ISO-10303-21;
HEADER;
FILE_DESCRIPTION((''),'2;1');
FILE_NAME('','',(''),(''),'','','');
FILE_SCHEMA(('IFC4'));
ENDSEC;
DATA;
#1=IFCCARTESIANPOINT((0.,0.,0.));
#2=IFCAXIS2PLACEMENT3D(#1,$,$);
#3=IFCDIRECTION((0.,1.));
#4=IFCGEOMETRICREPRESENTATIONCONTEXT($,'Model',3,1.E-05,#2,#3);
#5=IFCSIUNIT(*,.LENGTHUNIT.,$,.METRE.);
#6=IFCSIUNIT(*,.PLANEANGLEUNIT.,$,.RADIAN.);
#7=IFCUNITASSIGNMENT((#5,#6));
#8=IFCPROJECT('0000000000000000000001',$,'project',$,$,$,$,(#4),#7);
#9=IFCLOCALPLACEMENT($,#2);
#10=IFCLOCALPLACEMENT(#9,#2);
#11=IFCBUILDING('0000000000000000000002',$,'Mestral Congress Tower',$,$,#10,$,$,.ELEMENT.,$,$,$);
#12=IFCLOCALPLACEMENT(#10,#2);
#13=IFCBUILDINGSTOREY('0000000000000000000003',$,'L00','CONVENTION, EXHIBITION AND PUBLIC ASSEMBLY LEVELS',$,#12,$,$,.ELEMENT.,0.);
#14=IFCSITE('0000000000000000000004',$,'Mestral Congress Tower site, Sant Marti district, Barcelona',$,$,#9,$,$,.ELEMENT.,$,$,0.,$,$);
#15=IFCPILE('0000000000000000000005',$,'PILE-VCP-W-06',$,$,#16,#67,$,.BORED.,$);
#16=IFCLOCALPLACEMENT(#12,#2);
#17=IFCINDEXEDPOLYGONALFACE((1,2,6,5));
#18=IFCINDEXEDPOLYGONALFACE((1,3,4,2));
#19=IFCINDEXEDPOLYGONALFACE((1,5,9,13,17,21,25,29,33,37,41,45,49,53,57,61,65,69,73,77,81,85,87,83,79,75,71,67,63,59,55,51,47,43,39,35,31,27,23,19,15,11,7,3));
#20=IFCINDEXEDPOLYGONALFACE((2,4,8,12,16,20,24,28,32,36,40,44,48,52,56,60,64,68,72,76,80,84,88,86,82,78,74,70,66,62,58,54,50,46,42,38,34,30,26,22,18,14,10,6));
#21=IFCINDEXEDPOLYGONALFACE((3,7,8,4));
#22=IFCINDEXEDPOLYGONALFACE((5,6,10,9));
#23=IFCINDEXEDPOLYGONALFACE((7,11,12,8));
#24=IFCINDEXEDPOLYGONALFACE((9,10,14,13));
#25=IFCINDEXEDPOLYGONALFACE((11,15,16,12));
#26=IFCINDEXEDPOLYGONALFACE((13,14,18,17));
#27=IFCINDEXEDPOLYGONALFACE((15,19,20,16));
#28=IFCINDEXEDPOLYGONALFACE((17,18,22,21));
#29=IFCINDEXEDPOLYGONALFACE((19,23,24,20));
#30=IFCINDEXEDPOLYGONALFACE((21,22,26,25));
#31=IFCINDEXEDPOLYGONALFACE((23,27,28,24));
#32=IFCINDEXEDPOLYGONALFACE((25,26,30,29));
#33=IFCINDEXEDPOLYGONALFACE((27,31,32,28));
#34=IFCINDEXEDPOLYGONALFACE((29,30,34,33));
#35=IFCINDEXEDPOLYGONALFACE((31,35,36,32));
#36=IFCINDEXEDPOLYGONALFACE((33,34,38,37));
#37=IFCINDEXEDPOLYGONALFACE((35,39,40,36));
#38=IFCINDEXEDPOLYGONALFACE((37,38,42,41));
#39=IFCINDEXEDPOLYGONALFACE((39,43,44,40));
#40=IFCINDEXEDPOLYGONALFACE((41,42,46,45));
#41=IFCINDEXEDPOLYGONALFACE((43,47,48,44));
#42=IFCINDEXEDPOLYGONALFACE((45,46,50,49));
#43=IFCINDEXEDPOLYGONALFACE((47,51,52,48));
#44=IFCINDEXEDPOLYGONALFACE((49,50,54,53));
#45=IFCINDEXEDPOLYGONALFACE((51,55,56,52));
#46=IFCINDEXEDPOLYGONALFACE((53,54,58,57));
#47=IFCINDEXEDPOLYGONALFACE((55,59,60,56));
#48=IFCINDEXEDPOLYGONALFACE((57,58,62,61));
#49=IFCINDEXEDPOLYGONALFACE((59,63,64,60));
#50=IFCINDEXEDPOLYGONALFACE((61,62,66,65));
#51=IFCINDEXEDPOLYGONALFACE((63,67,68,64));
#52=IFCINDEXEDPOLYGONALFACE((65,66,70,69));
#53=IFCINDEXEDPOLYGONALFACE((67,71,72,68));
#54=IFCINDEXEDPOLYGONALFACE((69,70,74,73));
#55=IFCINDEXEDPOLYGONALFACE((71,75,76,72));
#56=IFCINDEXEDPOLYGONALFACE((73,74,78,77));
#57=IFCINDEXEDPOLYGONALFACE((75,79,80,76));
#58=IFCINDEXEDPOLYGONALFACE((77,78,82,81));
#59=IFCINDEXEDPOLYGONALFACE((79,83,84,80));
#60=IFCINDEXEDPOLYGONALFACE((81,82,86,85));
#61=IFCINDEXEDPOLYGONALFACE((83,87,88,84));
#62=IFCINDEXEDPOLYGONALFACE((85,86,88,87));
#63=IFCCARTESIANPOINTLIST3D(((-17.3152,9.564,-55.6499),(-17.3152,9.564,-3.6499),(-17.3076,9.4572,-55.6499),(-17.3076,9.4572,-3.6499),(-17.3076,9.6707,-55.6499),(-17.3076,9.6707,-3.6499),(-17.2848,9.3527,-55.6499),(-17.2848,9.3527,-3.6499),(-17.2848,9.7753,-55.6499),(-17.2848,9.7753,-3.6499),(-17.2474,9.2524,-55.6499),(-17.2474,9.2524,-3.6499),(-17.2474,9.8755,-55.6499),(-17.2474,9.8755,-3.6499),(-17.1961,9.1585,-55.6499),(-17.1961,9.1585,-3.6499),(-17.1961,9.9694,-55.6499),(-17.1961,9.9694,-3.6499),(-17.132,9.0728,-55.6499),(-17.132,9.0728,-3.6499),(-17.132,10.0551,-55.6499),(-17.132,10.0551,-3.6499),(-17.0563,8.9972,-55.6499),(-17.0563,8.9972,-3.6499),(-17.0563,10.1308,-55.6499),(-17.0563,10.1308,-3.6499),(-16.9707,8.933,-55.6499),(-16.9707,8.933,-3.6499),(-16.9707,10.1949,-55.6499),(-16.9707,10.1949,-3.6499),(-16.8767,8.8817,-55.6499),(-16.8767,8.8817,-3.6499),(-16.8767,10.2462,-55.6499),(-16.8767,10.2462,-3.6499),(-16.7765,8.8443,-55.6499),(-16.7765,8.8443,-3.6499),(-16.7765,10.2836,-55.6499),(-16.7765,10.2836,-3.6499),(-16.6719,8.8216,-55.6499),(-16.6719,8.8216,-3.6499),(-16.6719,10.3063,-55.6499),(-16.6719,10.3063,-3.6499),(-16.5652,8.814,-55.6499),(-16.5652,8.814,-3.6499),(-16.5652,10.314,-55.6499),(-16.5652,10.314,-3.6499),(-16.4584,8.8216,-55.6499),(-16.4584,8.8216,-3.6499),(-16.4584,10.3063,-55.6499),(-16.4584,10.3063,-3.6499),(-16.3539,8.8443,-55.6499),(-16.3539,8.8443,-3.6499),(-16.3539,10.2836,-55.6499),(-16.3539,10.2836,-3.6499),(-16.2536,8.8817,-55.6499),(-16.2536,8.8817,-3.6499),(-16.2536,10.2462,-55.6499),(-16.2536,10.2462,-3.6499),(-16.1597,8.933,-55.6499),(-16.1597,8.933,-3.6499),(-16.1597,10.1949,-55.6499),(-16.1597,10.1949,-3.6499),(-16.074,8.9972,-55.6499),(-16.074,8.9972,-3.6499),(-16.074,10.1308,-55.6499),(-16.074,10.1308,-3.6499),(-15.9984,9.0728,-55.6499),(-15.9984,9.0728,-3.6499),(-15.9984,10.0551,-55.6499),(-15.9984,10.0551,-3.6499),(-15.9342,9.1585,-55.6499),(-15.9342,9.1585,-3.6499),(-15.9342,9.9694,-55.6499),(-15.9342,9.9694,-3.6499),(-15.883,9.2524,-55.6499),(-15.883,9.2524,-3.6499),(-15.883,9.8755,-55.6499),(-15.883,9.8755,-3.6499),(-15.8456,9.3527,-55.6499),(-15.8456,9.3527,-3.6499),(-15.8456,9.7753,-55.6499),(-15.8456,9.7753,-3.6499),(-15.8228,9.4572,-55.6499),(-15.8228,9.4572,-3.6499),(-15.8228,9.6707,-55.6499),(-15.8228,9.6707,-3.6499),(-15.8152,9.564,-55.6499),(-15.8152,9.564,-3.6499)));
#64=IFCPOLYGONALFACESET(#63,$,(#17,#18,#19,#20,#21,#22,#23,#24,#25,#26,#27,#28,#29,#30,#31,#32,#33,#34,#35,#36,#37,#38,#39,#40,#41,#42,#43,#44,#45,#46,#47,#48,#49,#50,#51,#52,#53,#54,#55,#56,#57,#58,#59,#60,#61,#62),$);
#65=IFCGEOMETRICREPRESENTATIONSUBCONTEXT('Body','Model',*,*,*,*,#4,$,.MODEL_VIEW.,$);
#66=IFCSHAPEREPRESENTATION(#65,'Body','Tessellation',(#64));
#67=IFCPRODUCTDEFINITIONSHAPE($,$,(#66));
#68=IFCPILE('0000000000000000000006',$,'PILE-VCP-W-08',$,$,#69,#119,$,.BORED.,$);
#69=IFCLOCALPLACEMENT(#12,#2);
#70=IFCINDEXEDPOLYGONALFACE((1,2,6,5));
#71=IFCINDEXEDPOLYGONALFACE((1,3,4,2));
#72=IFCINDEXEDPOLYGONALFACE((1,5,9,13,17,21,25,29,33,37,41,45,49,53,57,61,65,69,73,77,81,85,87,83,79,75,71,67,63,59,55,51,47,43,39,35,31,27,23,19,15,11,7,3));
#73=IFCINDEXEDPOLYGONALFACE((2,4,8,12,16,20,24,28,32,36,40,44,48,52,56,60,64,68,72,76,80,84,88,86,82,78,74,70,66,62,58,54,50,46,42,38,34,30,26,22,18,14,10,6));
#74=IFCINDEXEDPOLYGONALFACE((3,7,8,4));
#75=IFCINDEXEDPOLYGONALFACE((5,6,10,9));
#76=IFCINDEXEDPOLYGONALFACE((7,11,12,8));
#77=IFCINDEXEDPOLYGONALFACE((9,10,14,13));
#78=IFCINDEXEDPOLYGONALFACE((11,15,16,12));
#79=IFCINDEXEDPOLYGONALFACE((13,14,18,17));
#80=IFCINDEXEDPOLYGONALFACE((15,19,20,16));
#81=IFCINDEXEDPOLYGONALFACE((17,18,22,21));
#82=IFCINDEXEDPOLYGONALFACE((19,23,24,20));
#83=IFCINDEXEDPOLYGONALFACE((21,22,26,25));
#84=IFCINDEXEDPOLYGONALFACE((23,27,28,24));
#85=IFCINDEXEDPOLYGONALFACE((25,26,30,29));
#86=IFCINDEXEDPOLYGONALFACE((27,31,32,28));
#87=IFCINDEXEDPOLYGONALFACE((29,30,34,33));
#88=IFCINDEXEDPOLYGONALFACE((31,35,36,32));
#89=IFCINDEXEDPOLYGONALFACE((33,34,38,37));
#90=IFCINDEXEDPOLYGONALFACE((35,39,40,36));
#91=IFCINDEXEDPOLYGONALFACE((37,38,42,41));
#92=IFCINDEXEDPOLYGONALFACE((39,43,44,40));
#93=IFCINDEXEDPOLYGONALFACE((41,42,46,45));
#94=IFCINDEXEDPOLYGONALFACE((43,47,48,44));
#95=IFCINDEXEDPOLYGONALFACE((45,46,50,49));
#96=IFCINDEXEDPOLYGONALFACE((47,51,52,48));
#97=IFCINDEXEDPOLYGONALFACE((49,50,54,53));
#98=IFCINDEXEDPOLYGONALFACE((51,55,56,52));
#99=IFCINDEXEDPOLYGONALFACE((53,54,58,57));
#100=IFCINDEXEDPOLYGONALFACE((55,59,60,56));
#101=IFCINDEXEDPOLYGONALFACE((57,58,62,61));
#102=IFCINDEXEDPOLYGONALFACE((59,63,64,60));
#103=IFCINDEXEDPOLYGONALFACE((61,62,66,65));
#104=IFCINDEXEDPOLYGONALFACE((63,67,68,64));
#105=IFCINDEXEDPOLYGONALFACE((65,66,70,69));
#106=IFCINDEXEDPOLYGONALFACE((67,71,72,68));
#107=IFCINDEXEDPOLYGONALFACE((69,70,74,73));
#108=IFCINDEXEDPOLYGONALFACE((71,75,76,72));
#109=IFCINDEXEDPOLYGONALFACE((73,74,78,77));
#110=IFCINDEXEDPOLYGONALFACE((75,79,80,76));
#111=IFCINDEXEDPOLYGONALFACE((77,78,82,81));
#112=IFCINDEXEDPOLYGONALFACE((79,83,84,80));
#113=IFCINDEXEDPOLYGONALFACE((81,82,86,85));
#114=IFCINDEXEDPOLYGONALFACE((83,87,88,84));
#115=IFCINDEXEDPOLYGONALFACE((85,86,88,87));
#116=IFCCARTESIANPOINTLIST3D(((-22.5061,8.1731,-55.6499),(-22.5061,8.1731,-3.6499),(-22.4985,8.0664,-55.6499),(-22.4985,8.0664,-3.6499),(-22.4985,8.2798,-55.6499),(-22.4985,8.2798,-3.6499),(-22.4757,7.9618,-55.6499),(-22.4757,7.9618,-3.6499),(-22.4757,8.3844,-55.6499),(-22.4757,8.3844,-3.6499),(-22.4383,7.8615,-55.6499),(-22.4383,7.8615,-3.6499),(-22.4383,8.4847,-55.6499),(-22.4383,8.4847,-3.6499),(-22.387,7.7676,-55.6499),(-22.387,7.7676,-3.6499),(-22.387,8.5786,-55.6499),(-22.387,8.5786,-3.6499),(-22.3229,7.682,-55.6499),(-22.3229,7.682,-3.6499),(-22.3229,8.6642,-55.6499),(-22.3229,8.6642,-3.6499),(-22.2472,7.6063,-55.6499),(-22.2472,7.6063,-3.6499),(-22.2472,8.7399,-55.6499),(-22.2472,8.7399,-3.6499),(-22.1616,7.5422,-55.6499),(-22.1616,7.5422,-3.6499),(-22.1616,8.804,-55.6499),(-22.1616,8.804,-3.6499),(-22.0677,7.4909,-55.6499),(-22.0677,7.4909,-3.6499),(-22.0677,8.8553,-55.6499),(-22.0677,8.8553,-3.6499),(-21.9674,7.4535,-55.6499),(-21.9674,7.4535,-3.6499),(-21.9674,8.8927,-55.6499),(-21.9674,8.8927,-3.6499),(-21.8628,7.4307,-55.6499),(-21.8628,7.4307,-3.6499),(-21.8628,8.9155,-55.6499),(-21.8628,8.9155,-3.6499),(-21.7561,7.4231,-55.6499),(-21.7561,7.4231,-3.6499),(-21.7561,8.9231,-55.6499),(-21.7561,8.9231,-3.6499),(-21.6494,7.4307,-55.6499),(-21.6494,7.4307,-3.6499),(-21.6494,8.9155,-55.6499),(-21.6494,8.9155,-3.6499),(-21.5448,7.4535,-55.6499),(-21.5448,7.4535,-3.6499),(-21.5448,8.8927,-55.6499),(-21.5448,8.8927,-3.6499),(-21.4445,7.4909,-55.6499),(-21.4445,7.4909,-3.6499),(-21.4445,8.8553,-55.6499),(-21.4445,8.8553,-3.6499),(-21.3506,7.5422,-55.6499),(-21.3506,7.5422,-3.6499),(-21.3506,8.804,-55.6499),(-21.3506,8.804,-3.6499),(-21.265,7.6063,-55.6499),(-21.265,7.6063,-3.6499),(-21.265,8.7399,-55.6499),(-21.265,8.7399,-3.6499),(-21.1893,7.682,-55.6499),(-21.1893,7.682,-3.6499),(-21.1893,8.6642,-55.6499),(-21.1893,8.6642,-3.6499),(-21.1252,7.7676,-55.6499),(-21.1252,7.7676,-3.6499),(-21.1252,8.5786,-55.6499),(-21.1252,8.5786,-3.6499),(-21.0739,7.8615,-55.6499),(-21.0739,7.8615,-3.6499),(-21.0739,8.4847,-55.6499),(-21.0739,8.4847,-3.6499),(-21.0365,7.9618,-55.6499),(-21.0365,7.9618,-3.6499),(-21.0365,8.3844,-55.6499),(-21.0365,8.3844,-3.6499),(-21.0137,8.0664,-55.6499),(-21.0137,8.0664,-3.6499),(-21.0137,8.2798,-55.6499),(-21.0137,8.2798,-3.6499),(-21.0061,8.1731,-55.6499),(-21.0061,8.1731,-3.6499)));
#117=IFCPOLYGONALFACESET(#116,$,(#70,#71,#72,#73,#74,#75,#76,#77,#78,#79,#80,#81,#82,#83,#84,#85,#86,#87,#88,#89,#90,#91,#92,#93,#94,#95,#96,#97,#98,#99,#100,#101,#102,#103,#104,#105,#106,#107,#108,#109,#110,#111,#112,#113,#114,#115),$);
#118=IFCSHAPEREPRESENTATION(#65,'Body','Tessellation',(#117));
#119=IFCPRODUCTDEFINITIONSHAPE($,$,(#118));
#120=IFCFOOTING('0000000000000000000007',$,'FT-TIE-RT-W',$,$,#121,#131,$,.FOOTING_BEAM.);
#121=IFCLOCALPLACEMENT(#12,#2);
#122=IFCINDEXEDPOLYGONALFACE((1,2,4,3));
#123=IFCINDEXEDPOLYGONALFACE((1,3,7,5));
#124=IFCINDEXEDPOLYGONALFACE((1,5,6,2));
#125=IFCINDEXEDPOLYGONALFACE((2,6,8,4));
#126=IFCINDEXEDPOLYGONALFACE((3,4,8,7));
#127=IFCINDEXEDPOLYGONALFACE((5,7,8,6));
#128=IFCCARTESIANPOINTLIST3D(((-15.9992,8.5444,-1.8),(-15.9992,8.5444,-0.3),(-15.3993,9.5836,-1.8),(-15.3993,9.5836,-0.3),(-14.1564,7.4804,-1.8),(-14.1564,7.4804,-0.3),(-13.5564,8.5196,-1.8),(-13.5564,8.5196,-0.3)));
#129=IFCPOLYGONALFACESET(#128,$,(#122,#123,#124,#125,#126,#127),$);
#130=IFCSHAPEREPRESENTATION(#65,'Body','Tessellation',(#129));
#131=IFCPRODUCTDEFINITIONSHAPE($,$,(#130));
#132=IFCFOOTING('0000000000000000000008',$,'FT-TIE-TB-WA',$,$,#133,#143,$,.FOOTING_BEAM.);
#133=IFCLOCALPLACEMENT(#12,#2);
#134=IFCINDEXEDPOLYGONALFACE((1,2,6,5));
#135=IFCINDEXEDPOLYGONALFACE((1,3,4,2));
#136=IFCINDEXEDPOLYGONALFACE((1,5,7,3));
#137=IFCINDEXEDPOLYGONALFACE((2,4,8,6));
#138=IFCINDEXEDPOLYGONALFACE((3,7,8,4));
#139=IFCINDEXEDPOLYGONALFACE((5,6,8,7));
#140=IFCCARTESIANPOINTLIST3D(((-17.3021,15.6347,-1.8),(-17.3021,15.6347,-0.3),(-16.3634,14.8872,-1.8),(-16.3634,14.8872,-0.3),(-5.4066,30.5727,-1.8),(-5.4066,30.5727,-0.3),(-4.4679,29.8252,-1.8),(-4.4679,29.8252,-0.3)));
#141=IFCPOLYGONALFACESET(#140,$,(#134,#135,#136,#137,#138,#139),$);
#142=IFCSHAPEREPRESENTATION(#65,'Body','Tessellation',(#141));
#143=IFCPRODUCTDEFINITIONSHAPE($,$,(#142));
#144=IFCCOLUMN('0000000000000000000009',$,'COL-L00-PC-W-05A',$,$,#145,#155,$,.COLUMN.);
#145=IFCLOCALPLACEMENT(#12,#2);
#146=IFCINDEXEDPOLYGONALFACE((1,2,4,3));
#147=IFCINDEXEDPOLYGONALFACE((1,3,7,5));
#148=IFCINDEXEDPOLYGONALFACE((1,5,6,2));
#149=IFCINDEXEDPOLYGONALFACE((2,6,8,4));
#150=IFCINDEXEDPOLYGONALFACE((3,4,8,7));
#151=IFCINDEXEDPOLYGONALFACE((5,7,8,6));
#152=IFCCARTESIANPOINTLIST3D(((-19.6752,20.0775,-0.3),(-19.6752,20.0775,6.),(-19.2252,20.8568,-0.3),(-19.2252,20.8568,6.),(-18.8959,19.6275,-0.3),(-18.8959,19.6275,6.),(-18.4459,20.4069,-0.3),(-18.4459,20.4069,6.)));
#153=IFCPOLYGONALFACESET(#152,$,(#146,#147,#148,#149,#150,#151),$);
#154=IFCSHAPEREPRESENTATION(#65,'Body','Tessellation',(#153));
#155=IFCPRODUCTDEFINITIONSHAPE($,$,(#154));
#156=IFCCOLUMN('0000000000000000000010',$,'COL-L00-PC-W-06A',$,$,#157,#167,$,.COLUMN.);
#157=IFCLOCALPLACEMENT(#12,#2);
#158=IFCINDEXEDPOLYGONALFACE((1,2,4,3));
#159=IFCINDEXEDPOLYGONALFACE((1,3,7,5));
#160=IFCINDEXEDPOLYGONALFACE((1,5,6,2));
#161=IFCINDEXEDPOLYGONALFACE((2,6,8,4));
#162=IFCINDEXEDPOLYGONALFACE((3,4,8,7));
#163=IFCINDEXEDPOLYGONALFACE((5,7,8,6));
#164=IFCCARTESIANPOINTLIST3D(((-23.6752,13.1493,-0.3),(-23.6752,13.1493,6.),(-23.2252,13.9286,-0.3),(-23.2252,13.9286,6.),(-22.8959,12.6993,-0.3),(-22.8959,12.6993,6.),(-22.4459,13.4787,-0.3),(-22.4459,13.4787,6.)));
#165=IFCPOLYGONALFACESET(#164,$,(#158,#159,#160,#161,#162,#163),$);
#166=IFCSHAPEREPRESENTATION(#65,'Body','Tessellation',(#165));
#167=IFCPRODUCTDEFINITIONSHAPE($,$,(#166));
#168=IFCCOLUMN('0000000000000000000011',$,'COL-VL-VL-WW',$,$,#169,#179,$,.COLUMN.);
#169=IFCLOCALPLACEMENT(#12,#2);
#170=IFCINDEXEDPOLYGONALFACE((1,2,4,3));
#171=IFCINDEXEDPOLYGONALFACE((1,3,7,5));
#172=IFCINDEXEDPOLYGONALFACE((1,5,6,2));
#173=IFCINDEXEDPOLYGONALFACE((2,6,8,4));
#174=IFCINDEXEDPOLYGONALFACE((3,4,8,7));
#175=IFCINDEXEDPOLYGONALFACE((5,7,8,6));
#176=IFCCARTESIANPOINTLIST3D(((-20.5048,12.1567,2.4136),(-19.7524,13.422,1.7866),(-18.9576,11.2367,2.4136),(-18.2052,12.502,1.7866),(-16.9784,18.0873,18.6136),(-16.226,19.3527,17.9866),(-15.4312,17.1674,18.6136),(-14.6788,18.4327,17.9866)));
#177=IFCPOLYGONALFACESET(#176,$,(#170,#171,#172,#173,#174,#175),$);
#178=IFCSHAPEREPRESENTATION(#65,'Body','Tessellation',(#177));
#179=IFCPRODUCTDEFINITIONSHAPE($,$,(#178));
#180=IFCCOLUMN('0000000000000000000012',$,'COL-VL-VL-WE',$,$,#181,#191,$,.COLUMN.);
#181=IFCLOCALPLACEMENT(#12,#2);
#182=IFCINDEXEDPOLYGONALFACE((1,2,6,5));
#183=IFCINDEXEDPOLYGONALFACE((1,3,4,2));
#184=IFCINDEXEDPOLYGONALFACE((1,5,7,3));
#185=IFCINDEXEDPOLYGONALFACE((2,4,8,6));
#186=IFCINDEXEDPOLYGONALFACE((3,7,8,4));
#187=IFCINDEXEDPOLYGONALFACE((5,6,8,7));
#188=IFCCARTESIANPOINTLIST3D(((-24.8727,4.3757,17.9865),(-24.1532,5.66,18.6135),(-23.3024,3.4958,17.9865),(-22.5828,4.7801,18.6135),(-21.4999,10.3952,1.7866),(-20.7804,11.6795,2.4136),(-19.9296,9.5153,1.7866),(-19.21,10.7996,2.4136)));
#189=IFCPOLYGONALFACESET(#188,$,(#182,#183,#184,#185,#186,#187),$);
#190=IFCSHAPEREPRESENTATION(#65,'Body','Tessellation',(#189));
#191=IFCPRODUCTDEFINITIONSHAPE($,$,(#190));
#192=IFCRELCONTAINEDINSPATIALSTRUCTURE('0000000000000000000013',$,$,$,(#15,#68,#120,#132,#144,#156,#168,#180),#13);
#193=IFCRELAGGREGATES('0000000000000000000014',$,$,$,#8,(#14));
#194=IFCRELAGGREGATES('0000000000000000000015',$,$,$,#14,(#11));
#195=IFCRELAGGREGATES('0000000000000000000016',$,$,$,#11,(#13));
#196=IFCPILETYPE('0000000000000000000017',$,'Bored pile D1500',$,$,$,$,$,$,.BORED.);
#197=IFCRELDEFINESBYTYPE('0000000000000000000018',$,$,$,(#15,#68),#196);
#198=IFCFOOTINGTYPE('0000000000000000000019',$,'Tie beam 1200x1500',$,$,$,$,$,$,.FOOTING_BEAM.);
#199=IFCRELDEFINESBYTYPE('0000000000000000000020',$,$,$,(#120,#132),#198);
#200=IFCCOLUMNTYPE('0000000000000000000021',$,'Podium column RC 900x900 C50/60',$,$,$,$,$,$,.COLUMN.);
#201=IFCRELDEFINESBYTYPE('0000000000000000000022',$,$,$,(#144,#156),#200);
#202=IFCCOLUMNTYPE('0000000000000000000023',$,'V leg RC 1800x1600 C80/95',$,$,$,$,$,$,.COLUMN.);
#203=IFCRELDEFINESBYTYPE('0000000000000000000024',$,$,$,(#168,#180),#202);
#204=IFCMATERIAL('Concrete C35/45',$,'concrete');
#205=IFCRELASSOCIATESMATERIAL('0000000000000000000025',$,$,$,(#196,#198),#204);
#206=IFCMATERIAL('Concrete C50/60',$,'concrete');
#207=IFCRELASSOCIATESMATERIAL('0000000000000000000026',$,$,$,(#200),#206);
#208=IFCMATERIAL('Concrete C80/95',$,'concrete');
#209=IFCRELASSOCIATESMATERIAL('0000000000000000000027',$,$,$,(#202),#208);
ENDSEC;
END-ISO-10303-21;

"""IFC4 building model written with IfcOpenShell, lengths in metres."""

from ifc_helpers import new_model, si_unit, direction, frame, origin, origin_2d, place, context, subcontext, project, spatial, rectangle, circle, extrude, material, material_profile, profile_set, type_object, element, save


model = new_model("IFC4")

# Units and contexts
model_context = context("Model", 3, precision=1e-05, world=origin(), true_north=direction((0.0, 1.0)))
body_context = subcontext(model_context, "Body", "Model", "MODEL_VIEW")
ifc_project = project(units=[si_unit("LENGTHUNIT", "METRE"), si_unit("PLANEANGLEUNIT", "RADIAN")], contexts=[model_context])

# Site, building, storey
site_placement = place(None, origin())
site = spatial("IfcSite", under=ifc_project, at=site_placement, Name="Mestral Congress Tower site, Sant Marti district, Barcelona", CompositionType="ELEMENT", RefElevation=0.0)
building_placement = place(site_placement, origin())
building = spatial("IfcBuilding", under=site, at=building_placement, Name="Mestral Congress Tower", CompositionType="ELEMENT")
storey_placement = place(building_placement, origin())
storey = spatial("IfcBuildingStorey", under=building, at=storey_placement, Name="L00", Description="CONVENTION, EXHIBITION AND PUBLIC ASSEMBLY LEVELS", CompositionType="ELEMENT", Elevation=0.0)

# Piles
ifc_material_1 = material(Name="Concrete C35/45", Category="concrete")
ifc_material_profile_1 = material_profile(ifc_material_1, circle(Radius=0.75, at=origin_2d()), Name="D1500")
ifc_profile_set_1 = profile_set([ifc_material_profile_1], Name="Concrete C35/45")
pile_type_1 = type_object("IfcPileType", Name="Bored pile D1500", PredefinedType="BORED", material=ifc_profile_set_1)
for number, where, z_axis, x_axis, name in (
    (1, (-16.5652, 9.564, -3.6499), (0.0, 0.0, -1.0), (1.0, 0.0, 0.0), "PILE-VCP-W-06"),
    (2, (-21.7561, 8.1731, -3.6499), (0.0, 0.0, -1.0), (1.0, 0.0, 0.0), "PILE-VCP-W-08"),
):
    element("IfcPile", number, at=place(storey_placement, frame(where, z_axis=z_axis, x_axis=x_axis)), inside=storey, type_object=pile_type_1, Name=name, PredefinedType="BORED", context=body_context, shape_type="SweptSolid", body=[
        extrude(circle(Radius=0.75, at=origin_2d()), origin(), (0.0, 0.0, 1.0), 52.0),
    ])

# Footings
footing_type = type_object("IfcFootingType", Name="Tie beam 1200x1500", PredefinedType="FOOTING_BEAM", material=ifc_material_1)
footing_1_placement = place(storey_placement, frame((-14.7778, 8.532, -1.8), z_axis=(0.0, 0.0, 1.0), x_axis=(0.866025, -0.5, 0.0)))
element("IfcFooting", 3, at=footing_1_placement, inside=storey, type_object=footing_type, Name="FT-TIE-RT-W", PredefinedType="FOOTING_BEAM", context=body_context, shape_type="SweptSolid", body=[
    extrude(rectangle(XDim=2.1279, YDim=1.2, at=origin_2d()), origin(), (0.0, 0.0, 1.0), 1.5),
])
footing_2_placement = place(storey_placement, frame((-10.885, 22.73, -1.8), z_axis=(0.0, 0.0, 1.0), x_axis=(-0.622939, -0.78227, 0.0)))
element("IfcFooting", 4, at=footing_2_placement, inside=storey, type_object=footing_type, Name="FT-TIE-TB-WA", PredefinedType="FOOTING_BEAM", context=body_context, shape_type="SweptSolid", body=[
    extrude(rectangle(XDim=19.0957, YDim=1.2, at=origin_2d()), origin(), (0.0, 0.0, 1.0), 1.5),
])

# Columns
ifc_material_2 = material(Name="Concrete C50/60", Category="concrete")
ifc_material_profile_2 = material_profile(ifc_material_2, rectangle(XDim=0.8999, YDim=0.8999, at=origin_2d()), Name="RC 900x900")
ifc_profile_set_2 = profile_set([ifc_material_profile_2], Name="Concrete C50/60")
column_type_1 = type_object("IfcColumnType", Name="Podium column RC 900x900 C50/60", PredefinedType="COLUMN", material=ifc_profile_set_2)
for number, where, z_axis, x_axis, name in (
    (5, (-19.0605, 20.2422, -0.3), (0.0, 0.0, 1.0), (-0.5, -0.866025, 0.0), "COL-L00-PC-W-05A"),
    (6, (-23.0605, 13.314, -0.3), (0.0, 0.0, 1.0), (-0.5, -0.866025, 0.0), "COL-L00-PC-W-06A"),
):
    element("IfcColumn", number, at=place(storey_placement, frame(where, z_axis=z_axis, x_axis=x_axis)), inside=storey, type_object=column_type_1, Name=name, PredefinedType="COLUMN", context=body_context, shape_type="SweptSolid", body=[
        extrude(rectangle(XDim=0.8999, YDim=0.8999, at=origin_2d()), origin(), (0.0, 0.0, 1.0), 6.3),
    ])
ifc_material_3 = material(Name="Concrete C80/95", Category="concrete")
ifc_material_profile_3 = material_profile(ifc_material_3, rectangle(XDim=1.8, YDim=1.6001, at=origin_2d()), Name="RC 1800x1600")
ifc_profile_set_3 = profile_set([ifc_material_profile_3], Name="Concrete C80/95")
column_type_2 = type_object("IfcColumnType", Name="V leg RC 1800x1600 C80/95", PredefinedType="COLUMN", material=ifc_profile_set_3)
for number, where, z_axis, x_axis, name in (
    (7, (-19.355, 12.3293, 2.1001), (0.200269, 0.336814, 0.920026), (-0.859534, 0.511078, 0.0), "COL-VL-VL-WW"),
    (8, (-20.355, 10.5974, 2.1001), (-0.191547, -0.341859, 0.920023), (0.872391, -0.488809, 0.0), "COL-VL-VL-WE"),
):
    element("IfcColumn", number, at=place(storey_placement, frame(where, z_axis=z_axis, x_axis=x_axis)), inside=storey, type_object=column_type_2, Name=name, PredefinedType="COLUMN", context=body_context, shape_type="SweptSolid", body=[
        extrude(rectangle(XDim=1.8, YDim=1.6001, at=origin_2d()), origin(), (0.0, 0.0, 1.0), 17.6082),
    ])

save(model, "model.ifc")
